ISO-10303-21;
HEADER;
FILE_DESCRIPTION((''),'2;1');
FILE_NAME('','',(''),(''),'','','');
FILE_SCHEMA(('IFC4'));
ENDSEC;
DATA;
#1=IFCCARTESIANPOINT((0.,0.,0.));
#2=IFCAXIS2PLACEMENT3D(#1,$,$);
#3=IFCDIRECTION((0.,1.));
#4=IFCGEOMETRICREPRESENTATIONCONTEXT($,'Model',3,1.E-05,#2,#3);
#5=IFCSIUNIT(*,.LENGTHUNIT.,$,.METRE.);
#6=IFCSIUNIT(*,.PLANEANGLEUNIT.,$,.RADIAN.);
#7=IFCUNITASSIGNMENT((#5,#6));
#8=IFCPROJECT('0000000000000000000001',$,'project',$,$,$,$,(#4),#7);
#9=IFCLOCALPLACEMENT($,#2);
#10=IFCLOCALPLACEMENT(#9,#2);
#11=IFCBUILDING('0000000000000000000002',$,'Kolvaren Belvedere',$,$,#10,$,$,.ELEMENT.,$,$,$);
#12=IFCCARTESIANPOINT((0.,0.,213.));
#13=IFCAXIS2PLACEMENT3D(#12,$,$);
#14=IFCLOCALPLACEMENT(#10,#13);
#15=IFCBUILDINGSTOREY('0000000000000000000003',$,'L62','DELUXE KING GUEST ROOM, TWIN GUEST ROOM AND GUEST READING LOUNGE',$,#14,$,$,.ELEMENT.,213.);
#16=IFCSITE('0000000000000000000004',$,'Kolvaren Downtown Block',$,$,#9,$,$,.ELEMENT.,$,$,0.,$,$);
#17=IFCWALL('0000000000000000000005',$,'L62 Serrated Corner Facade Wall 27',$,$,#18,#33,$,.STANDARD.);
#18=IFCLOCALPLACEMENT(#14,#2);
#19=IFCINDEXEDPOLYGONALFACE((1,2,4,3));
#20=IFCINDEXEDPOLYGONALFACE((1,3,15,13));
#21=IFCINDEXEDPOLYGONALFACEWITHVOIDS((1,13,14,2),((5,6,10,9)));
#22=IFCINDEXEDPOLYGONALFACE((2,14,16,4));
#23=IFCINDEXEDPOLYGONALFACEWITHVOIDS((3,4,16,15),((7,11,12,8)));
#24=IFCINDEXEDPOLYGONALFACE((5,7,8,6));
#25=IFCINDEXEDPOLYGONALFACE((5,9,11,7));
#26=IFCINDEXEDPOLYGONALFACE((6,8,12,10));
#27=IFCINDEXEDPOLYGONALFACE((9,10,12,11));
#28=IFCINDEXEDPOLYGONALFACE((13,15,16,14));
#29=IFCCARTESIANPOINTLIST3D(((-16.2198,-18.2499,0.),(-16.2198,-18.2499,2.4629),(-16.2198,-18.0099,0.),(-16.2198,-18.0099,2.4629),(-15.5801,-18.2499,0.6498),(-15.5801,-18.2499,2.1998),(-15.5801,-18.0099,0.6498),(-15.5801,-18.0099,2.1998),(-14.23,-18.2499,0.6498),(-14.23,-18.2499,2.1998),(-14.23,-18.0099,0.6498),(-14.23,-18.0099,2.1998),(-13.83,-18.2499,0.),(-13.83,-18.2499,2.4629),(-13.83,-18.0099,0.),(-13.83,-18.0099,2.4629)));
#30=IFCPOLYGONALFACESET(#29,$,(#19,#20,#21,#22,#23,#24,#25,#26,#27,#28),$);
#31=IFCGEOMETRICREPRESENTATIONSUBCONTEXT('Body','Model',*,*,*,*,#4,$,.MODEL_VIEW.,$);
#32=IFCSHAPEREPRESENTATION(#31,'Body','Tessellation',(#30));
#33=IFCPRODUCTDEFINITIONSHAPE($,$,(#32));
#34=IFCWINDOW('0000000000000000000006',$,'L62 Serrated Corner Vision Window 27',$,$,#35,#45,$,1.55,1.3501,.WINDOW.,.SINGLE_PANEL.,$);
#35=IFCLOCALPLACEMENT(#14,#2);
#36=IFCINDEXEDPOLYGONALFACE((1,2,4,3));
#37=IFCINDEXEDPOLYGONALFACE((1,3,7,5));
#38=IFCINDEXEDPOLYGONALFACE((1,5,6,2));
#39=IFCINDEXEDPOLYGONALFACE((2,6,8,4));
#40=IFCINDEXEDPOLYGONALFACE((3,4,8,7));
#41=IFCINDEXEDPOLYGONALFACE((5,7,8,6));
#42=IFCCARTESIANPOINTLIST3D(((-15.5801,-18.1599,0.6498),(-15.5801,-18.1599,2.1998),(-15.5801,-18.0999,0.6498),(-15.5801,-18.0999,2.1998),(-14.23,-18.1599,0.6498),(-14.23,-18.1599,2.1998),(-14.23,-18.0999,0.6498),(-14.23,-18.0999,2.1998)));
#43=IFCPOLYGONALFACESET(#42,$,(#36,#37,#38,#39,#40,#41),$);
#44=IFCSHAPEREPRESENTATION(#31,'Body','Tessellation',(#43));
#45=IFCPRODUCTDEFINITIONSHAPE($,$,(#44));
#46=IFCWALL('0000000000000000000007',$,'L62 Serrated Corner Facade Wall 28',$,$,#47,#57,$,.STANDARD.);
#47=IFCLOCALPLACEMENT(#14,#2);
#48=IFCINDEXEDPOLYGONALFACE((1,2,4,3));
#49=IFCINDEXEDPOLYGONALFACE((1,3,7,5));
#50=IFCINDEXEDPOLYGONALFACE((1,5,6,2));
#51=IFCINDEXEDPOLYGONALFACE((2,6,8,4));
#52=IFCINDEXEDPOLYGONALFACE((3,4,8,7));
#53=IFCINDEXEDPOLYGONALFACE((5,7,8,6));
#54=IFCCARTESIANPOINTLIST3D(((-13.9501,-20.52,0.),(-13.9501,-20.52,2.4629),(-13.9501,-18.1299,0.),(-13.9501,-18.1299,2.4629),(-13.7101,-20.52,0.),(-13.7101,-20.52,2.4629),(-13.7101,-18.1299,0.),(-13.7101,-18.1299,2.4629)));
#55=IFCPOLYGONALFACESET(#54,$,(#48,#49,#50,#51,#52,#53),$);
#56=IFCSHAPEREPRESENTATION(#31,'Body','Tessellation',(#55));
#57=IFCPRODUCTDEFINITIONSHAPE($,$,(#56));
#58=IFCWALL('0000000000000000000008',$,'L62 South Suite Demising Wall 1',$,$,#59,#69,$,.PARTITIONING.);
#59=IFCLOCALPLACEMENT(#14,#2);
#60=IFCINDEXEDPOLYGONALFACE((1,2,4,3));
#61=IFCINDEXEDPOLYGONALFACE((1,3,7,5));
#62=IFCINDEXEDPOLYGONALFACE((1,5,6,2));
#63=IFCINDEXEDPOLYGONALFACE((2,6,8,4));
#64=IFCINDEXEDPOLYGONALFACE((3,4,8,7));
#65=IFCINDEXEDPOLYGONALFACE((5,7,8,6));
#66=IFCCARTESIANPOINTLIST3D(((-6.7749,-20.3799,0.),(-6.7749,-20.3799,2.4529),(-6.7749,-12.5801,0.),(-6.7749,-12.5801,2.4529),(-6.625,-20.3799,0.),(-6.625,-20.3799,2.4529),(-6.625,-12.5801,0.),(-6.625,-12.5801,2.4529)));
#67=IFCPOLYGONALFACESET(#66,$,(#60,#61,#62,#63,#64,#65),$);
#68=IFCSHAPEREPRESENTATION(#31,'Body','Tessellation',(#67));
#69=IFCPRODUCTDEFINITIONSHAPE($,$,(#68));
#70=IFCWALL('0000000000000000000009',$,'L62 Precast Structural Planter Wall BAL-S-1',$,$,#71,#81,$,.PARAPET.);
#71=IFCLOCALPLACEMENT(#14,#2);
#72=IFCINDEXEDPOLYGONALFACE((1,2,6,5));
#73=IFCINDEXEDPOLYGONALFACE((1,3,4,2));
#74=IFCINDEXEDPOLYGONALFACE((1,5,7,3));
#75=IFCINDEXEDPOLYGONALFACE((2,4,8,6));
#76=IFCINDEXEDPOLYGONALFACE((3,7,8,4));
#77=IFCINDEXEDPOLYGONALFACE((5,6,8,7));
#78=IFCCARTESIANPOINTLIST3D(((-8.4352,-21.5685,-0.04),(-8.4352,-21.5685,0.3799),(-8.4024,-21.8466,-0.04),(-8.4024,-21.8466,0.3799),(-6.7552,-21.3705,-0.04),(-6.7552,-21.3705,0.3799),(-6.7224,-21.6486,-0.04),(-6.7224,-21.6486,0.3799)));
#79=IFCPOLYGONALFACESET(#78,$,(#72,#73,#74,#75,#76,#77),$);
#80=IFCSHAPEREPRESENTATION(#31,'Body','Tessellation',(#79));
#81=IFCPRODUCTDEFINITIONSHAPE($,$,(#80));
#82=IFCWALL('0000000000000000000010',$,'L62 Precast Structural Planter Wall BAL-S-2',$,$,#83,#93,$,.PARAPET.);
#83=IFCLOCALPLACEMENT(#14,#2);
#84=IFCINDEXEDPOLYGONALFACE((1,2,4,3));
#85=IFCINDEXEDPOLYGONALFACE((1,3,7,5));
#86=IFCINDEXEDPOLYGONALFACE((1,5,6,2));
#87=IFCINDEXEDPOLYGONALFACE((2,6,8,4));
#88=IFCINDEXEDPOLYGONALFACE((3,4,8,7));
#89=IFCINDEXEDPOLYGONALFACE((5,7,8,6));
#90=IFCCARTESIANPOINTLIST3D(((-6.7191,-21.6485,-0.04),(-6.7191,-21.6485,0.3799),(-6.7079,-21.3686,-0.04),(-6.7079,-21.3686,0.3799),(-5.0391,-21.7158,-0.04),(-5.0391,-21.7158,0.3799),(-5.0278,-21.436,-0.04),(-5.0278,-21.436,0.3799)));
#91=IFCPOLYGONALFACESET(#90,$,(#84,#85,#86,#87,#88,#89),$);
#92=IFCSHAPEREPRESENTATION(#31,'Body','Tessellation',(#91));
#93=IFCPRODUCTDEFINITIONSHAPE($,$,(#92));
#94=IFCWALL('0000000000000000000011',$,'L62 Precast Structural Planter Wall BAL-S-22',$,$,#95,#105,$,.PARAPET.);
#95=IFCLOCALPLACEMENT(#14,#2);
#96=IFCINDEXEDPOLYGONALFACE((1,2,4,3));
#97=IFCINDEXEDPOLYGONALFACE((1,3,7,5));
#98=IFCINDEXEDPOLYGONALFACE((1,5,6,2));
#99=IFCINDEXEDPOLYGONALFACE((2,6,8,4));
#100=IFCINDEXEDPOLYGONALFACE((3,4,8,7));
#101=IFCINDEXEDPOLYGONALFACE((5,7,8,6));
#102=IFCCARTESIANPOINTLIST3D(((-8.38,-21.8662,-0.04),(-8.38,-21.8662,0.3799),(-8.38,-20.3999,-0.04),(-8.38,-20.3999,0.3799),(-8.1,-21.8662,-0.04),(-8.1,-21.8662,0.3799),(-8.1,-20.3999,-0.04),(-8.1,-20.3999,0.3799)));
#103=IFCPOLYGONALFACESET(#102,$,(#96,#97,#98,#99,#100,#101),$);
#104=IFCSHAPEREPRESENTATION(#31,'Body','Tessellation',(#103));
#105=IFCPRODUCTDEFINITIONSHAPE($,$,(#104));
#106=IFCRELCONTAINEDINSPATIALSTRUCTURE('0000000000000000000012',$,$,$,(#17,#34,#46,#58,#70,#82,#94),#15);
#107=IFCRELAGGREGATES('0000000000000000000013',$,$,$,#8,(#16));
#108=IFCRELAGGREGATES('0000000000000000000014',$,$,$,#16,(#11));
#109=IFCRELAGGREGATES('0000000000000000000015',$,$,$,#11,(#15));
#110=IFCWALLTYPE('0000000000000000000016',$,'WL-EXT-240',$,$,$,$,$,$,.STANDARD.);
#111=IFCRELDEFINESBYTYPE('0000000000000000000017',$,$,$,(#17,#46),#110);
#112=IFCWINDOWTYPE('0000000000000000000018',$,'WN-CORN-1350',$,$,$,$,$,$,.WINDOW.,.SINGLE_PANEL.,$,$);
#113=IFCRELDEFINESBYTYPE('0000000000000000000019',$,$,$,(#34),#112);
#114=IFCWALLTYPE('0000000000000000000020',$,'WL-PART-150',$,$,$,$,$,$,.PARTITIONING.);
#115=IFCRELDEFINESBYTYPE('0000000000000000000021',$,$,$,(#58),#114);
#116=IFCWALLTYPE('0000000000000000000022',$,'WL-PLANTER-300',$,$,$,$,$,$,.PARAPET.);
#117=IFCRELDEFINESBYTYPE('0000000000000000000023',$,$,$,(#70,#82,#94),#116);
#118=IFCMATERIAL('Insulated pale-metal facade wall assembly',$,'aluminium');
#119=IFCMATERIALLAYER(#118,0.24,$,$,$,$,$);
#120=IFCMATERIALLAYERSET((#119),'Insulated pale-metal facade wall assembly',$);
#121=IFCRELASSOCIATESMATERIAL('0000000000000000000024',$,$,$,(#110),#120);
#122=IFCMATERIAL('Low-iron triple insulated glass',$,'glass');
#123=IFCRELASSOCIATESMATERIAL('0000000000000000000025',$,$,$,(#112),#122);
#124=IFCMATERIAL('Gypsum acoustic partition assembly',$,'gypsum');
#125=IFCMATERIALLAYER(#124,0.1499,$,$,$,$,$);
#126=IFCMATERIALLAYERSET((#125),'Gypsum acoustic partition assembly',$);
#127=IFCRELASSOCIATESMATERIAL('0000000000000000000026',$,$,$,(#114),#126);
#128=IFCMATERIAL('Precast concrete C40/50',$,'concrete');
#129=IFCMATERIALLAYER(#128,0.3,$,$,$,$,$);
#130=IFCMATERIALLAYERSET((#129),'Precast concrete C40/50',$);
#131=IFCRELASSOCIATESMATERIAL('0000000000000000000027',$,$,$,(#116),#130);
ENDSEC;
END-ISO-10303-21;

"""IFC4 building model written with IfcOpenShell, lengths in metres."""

from ifc_helpers import new_model, si_unit, direction, frame, frame_2d, origin, place, context, subcontext, project, spatial, rectangle, extrude, material, layer, layer_set, type_object, element, fill, save


model = new_model("IFC4")

# Units and contexts
model_context = context("Model", 3, precision=1e-05, world=origin(), true_north=direction((0.0, 1.0)))
body_context = subcontext(model_context, "Body", "Model", "MODEL_VIEW")
ifc_project = project(units=[si_unit("LENGTHUNIT", "METRE"), si_unit("PLANEANGLEUNIT", "RADIAN")], contexts=[model_context])

# Site, building, storey
site_placement = place(None, origin())
site = spatial("IfcSite", under=ifc_project, at=site_placement, Name="Kolvaren Downtown Block", CompositionType="ELEMENT", RefElevation=0.0)
building_placement = place(site_placement, origin())
building = spatial("IfcBuilding", under=site, at=building_placement, Name="Kolvaren Belvedere", CompositionType="ELEMENT")
storey_placement = place(building_placement, frame((0.0, 0.0, 213.0)))
storey = spatial("IfcBuildingStorey", under=building, at=storey_placement, Name="L62", Description="DELUXE KING GUEST ROOM, TWIN GUEST ROOM AND GUEST READING LOUNGE", CompositionType="ELEMENT", Elevation=213.0)

# Shared definitions
ifc_material_1 = material(Name="Insulated pale-metal facade wall assembly", Category="aluminium")
ifc_layer_1 = layer(ifc_material_1, 0.24)
ifc_layer_set_1 = layer_set([ifc_layer_1], Name="Insulated pale-metal facade wall assembly")
wall_type_1 = type_object("IfcWallType", Name="WL-EXT-240", PredefinedType="STANDARD", material=ifc_layer_set_1)

# Wall, opening, window
ifc_material_2 = material(Name="Low-iron triple insulated glass", Category="glass")
window_type_1 = type_object("IfcWindowType", Name="WN-CORN-1350", PartitioningType="SINGLE_PANEL", PredefinedType="WINDOW", material=ifc_material_2)
wall_1_placement = place(storey_placement, frame((-13.8301, -18.1299, 0.0), z_axis=(0.0, 0.0, 1.0), x_axis=(-1.0, 0.0, 0.0)))
wall_1 = element("IfcWall", 1, at=wall_1_placement, inside=storey, type_object=wall_type_1, Name="L62 Serrated Corner Facade Wall 27", PredefinedType="STANDARD", context=body_context, shape_type="SweptSolid", body=[
    extrude(rectangle(XDim=2.3899, YDim=0.24, at=frame_2d((1.1948, 0.0))), origin(), (0.0, 0.0, 1.0), 2.4629),
])
opening_1_placement = place(wall_1_placement, frame((0.3999, 0.0, 0.6499)))
opening_1 = element("IfcOpeningElement", 2, at=opening_1_placement, cuts=wall_1, PredefinedType="OPENING", context=body_context, shape_type="SweptSolid", body=[
    extrude(rectangle(XDim=1.3501, YDim=1.55, at=frame_2d((0.675, 0.7749))), frame((0.0, 0.1299, 0.0), z_axis=(0.0, -1.0, 0.0), x_axis=(1.0, 0.0, 0.0)), (0.0, 0.0, 1.0), 0.26),
])
window_1_placement = place(opening_1_placement, origin())
window_1 = element("IfcWindow", 3, at=window_1_placement, inside=storey, type_object=window_type_1, Name="L62 Serrated Corner Vision Window 27", OverallHeight=1.55, OverallWidth=1.3501, PartitioningType="SINGLE_PANEL", PredefinedType="WINDOW", context=body_context, shape_type="SweptSolid", body=[
    extrude(rectangle(XDim=1.3501, YDim=1.55, at=frame_2d((0.675, 0.7749))), frame((0.0, 0.03, 0.0), z_axis=(0.0, -1.0, 0.0), x_axis=(1.0, 0.0, 0.0)), (0.0, 0.0, 1.0), 0.0601),
])
fill(opening_1, window_1)

# Walls
wall_2_placement = place(storey_placement, frame((-13.8301, -20.52, 0.0), z_axis=(0.0, 0.0, 1.0), x_axis=(0.0, 1.0, 0.0)))
element("IfcWall", 4, at=wall_2_placement, inside=storey, type_object=wall_type_1, Name="L62 Serrated Corner Facade Wall 28", PredefinedType="STANDARD", context=body_context, shape_type="SweptSolid", body=[
    extrude(rectangle(XDim=2.3901, YDim=0.24, at=frame_2d((1.1951, 0.0))), origin(), (0.0, 0.0, 1.0), 2.4629),
])
ifc_material_3 = material(Name="Gypsum acoustic partition assembly", Category="gypsum")
ifc_layer_2 = layer(ifc_material_3, 0.1499)
ifc_layer_set_2 = layer_set([ifc_layer_2], Name="Gypsum acoustic partition assembly")
wall_type_2 = type_object("IfcWallType", Name="WL-PART-150", PredefinedType="PARTITIONING", material=ifc_layer_set_2)
wall_3_placement = place(storey_placement, frame((-6.7, -20.3799, 0.0), z_axis=(0.0, 0.0, 1.0), x_axis=(0.0, 1.0, 0.0)))
element("IfcWall", 5, at=wall_3_placement, inside=storey, type_object=wall_type_2, Name="L62 South Suite Demising Wall 1", PredefinedType="PARTITIONING", context=body_context, shape_type="SweptSolid", body=[
    extrude(rectangle(XDim=7.7998, YDim=0.1499, at=frame_2d((3.8999, 0.0))), origin(), (0.0, 0.0, 1.0), 2.4529),
])
ifc_material_4 = material(Name="Precast concrete C40/50", Category="concrete")
ifc_layer_3 = layer(ifc_material_4, 0.3)
ifc_layer_set_3 = layer_set([ifc_layer_3], Name="Precast concrete C40/50")
wall_type_3 = type_object("IfcWallType", Name="WL-PLANTER-300", PredefinedType="PARAPET", material=ifc_layer_set_3)
wall_4_placement = place(storey_placement, frame((-8.4187, -21.7075, -0.04), z_axis=(0.0, 0.0, 1.0), x_axis=(0.993126, 0.117051, 0.0)))
element("IfcWall", 6, at=wall_4_placement, inside=storey, type_object=wall_type_3, Name="L62 Precast Structural Planter Wall BAL-S-1", PredefinedType="PARAPET", context=body_context, shape_type="SweptSolid", body=[
    extrude(rectangle(XDim=1.6917, YDim=0.28, at=frame_2d((0.8457, 0.0))), origin(), (0.0, 0.0, 1.0), 0.4199),
])
wall_5_placement = place(storey_placement, frame((-6.7136, -21.5085, -0.04), z_axis=(0.0, 0.0, 1.0), x_axis=(0.999197, -0.040078, 0.0)))
element("IfcWall", 7, at=wall_5_placement, inside=storey, type_object=wall_type_3, Name="L62 Precast Structural Planter Wall BAL-S-2", PredefinedType="PARAPET", context=body_context, shape_type="SweptSolid", body=[
    extrude(rectangle(XDim=1.6814, YDim=0.28, at=frame_2d((0.8408, 0.0))), origin(), (0.0, 0.0, 1.0), 0.4199),
])
wall_6_placement = place(storey_placement, frame((-8.24, -20.3999, -0.04), z_axis=(0.0, 0.0, 1.0), x_axis=(0.0, -1.0, 0.0)))
element("IfcWall", 8, at=wall_6_placement, inside=storey, type_object=wall_type_3, Name="L62 Precast Structural Planter Wall BAL-S-22", PredefinedType="PARAPET", context=body_context, shape_type="SweptSolid", body=[
    extrude(rectangle(XDim=1.4663, YDim=0.28, at=frame_2d((0.7332, 0.0))), origin(), (0.0, 0.0, 1.0), 0.4199),
])

save(model, "model.ifc")
